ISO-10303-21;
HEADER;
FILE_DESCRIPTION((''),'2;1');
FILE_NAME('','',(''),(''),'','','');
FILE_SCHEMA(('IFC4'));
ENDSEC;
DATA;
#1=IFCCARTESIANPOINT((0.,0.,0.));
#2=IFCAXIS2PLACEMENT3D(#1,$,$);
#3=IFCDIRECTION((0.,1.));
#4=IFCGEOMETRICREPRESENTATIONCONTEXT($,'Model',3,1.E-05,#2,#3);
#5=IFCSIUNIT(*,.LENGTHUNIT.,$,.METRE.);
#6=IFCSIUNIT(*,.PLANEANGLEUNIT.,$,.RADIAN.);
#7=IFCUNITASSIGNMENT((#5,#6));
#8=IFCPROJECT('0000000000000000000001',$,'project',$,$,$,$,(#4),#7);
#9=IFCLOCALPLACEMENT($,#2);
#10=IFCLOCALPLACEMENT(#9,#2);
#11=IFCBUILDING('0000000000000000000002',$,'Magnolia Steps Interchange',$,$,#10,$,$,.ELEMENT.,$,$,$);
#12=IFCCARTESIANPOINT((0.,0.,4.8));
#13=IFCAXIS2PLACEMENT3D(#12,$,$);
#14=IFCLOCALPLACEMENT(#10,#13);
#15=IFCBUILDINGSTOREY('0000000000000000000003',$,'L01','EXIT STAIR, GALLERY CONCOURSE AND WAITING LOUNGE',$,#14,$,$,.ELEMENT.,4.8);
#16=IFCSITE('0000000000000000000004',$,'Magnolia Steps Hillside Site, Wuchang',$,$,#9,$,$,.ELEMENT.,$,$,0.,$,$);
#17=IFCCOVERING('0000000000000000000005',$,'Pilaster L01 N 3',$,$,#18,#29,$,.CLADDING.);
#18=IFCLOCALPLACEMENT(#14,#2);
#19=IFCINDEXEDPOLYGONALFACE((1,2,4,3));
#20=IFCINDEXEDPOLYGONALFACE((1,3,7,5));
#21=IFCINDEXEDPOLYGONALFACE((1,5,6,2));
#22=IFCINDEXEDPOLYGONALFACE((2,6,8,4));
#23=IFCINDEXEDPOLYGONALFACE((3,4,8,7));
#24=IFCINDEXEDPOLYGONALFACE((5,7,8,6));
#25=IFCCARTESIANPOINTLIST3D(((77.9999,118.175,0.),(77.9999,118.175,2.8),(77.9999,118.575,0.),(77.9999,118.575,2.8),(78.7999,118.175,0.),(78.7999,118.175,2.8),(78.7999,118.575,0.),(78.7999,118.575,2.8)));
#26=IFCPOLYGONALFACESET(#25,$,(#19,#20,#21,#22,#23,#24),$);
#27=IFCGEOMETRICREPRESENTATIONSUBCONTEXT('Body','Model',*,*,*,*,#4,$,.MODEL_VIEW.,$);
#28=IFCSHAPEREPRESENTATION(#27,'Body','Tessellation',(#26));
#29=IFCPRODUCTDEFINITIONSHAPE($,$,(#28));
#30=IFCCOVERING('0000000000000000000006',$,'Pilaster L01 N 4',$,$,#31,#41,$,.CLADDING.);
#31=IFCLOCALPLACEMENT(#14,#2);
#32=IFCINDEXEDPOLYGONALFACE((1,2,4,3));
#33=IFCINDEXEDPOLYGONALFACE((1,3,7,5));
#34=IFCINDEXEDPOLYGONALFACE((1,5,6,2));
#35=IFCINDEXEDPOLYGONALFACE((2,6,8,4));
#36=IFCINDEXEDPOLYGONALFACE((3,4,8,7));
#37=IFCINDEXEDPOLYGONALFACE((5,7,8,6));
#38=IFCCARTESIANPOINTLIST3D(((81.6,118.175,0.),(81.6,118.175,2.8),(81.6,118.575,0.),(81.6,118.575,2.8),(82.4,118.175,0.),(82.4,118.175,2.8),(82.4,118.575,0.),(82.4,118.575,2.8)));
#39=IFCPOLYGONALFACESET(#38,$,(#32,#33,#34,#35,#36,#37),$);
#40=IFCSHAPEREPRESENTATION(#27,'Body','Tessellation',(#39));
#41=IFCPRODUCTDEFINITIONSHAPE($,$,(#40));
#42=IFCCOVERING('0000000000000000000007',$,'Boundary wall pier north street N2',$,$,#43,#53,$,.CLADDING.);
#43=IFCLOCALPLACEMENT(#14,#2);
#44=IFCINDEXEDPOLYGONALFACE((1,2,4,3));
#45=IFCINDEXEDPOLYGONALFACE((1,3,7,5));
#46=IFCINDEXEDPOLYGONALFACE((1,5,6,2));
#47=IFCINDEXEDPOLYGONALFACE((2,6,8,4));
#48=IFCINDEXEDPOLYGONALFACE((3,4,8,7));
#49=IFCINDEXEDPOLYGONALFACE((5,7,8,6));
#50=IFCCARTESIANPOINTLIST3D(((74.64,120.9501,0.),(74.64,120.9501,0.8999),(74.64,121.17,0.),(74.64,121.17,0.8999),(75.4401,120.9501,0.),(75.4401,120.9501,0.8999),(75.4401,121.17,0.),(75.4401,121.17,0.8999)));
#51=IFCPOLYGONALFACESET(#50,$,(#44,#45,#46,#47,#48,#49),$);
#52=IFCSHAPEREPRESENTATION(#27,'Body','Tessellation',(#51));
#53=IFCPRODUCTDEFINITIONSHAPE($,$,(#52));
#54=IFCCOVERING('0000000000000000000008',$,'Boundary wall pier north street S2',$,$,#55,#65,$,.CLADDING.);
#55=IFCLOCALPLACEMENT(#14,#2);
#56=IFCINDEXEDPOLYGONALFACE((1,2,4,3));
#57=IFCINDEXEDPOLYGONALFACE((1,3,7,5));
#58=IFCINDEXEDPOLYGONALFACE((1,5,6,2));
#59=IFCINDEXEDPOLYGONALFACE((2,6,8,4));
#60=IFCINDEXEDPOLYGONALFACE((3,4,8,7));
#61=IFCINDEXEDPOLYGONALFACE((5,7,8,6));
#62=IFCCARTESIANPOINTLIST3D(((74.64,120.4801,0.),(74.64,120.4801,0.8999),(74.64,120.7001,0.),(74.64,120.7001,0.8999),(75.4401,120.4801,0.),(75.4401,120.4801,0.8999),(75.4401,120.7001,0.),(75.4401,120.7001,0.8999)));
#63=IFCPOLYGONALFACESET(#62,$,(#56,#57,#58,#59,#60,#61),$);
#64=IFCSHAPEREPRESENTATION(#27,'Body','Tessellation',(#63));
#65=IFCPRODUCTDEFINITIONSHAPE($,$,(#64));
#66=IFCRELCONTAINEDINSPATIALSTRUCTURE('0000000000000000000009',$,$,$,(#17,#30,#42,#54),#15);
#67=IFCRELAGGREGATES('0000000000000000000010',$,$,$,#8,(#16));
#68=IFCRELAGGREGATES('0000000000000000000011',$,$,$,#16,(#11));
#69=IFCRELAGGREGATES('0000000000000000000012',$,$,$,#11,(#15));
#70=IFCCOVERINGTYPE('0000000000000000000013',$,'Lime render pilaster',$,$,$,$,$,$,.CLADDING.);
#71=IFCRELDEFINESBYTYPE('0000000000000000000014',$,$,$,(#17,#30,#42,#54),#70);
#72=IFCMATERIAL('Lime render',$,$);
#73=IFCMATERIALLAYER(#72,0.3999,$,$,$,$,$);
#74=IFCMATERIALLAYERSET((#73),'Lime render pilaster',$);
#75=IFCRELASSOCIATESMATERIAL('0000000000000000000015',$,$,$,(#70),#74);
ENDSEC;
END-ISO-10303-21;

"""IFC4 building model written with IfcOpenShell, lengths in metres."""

from ifc_helpers import new_model, si_unit, direction, frame, origin, origin_2d, place, context, subcontext, project, spatial, rectangle, extrude, material, layer, layer_set, type_object, element, save


model = new_model("IFC4")

# Units and contexts
model_context = context("Model", 3, precision=1e-05, world=origin(), true_north=direction((0.0, 1.0)))
body_context = subcontext(model_context, "Body", "Model", "MODEL_VIEW")
ifc_project = project(units=[si_unit("LENGTHUNIT", "METRE"), si_unit("PLANEANGLEUNIT", "RADIAN")], contexts=[model_context])

# Site, building, storey
site_placement = place(None, origin())
site = spatial("IfcSite", under=ifc_project, at=site_placement, Name="Magnolia Steps Hillside Site, Wuchang", CompositionType="ELEMENT", RefElevation=0.0)
building_placement = place(site_placement, origin())
building = spatial("IfcBuilding", under=site, at=building_placement, Name="Magnolia Steps Interchange", CompositionType="ELEMENT")
storey_placement = place(building_placement, frame((0.0, 0.0, 4.8)))
storey = spatial("IfcBuildingStorey", under=building, at=storey_placement, Name="L01", Description="EXIT STAIR, GALLERY CONCOURSE AND WAITING LOUNGE", CompositionType="ELEMENT", Elevation=4.8)

# Coverings
ifc_material_1 = material(Name="Lime render")
ifc_layer_1 = layer(ifc_material_1, 0.3999)
ifc_layer_set_1 = layer_set([ifc_layer_1], Name="Lime render pilaster")
covering_type_1 = type_object("IfcCoveringType", Name="Lime render pilaster", PredefinedType="CLADDING", material=ifc_layer_set_1)
for number, where, z_axis, x_axis, name in (
    (1, (78.3999, 118.375, 0.0), (0.0, 0.0, 1.0), (1.0, 0.0, 0.0), "Pilaster L01 N 3"),
    (2, (82.0, 118.375, 0.0), (0.0, 0.0, 1.0), (1.0, 0.0, 0.0), "Pilaster L01 N 4"),
):
    element("IfcCovering", number, at=place(storey_placement, frame(where, z_axis=z_axis, x_axis=x_axis)), inside=storey, type_object=covering_type_1, Name=name, PredefinedType="CLADDING", context=body_context, shape_type="SweptSolid", body=[
        extrude(rectangle(XDim=0.8, YDim=0.3999, at=origin_2d()), origin(), (0.0, 0.0, 1.0), 2.8),
    ])
for number, where, z_axis, x_axis, name in (
    (3, (75.04, 121.0601, 0.0), (0.0, 0.0, 1.0), (1.0, 0.0, 0.0), "Boundary wall pier north street N2"),
    (4, (75.04, 120.5901, 0.0), (0.0, 0.0, 1.0), (1.0, 0.0, 0.0), "Boundary wall pier north street S2"),
):
    element("IfcCovering", number, at=place(storey_placement, frame(where, z_axis=z_axis, x_axis=x_axis)), inside=storey, type_object=covering_type_1, Name=name, PredefinedType="CLADDING", context=body_context, shape_type="SweptSolid", body=[
        extrude(rectangle(XDim=0.8, YDim=0.22, at=origin_2d()), origin(), (0.0, 0.0, 1.0), 0.8999),
    ])

save(model, "model.ifc")
